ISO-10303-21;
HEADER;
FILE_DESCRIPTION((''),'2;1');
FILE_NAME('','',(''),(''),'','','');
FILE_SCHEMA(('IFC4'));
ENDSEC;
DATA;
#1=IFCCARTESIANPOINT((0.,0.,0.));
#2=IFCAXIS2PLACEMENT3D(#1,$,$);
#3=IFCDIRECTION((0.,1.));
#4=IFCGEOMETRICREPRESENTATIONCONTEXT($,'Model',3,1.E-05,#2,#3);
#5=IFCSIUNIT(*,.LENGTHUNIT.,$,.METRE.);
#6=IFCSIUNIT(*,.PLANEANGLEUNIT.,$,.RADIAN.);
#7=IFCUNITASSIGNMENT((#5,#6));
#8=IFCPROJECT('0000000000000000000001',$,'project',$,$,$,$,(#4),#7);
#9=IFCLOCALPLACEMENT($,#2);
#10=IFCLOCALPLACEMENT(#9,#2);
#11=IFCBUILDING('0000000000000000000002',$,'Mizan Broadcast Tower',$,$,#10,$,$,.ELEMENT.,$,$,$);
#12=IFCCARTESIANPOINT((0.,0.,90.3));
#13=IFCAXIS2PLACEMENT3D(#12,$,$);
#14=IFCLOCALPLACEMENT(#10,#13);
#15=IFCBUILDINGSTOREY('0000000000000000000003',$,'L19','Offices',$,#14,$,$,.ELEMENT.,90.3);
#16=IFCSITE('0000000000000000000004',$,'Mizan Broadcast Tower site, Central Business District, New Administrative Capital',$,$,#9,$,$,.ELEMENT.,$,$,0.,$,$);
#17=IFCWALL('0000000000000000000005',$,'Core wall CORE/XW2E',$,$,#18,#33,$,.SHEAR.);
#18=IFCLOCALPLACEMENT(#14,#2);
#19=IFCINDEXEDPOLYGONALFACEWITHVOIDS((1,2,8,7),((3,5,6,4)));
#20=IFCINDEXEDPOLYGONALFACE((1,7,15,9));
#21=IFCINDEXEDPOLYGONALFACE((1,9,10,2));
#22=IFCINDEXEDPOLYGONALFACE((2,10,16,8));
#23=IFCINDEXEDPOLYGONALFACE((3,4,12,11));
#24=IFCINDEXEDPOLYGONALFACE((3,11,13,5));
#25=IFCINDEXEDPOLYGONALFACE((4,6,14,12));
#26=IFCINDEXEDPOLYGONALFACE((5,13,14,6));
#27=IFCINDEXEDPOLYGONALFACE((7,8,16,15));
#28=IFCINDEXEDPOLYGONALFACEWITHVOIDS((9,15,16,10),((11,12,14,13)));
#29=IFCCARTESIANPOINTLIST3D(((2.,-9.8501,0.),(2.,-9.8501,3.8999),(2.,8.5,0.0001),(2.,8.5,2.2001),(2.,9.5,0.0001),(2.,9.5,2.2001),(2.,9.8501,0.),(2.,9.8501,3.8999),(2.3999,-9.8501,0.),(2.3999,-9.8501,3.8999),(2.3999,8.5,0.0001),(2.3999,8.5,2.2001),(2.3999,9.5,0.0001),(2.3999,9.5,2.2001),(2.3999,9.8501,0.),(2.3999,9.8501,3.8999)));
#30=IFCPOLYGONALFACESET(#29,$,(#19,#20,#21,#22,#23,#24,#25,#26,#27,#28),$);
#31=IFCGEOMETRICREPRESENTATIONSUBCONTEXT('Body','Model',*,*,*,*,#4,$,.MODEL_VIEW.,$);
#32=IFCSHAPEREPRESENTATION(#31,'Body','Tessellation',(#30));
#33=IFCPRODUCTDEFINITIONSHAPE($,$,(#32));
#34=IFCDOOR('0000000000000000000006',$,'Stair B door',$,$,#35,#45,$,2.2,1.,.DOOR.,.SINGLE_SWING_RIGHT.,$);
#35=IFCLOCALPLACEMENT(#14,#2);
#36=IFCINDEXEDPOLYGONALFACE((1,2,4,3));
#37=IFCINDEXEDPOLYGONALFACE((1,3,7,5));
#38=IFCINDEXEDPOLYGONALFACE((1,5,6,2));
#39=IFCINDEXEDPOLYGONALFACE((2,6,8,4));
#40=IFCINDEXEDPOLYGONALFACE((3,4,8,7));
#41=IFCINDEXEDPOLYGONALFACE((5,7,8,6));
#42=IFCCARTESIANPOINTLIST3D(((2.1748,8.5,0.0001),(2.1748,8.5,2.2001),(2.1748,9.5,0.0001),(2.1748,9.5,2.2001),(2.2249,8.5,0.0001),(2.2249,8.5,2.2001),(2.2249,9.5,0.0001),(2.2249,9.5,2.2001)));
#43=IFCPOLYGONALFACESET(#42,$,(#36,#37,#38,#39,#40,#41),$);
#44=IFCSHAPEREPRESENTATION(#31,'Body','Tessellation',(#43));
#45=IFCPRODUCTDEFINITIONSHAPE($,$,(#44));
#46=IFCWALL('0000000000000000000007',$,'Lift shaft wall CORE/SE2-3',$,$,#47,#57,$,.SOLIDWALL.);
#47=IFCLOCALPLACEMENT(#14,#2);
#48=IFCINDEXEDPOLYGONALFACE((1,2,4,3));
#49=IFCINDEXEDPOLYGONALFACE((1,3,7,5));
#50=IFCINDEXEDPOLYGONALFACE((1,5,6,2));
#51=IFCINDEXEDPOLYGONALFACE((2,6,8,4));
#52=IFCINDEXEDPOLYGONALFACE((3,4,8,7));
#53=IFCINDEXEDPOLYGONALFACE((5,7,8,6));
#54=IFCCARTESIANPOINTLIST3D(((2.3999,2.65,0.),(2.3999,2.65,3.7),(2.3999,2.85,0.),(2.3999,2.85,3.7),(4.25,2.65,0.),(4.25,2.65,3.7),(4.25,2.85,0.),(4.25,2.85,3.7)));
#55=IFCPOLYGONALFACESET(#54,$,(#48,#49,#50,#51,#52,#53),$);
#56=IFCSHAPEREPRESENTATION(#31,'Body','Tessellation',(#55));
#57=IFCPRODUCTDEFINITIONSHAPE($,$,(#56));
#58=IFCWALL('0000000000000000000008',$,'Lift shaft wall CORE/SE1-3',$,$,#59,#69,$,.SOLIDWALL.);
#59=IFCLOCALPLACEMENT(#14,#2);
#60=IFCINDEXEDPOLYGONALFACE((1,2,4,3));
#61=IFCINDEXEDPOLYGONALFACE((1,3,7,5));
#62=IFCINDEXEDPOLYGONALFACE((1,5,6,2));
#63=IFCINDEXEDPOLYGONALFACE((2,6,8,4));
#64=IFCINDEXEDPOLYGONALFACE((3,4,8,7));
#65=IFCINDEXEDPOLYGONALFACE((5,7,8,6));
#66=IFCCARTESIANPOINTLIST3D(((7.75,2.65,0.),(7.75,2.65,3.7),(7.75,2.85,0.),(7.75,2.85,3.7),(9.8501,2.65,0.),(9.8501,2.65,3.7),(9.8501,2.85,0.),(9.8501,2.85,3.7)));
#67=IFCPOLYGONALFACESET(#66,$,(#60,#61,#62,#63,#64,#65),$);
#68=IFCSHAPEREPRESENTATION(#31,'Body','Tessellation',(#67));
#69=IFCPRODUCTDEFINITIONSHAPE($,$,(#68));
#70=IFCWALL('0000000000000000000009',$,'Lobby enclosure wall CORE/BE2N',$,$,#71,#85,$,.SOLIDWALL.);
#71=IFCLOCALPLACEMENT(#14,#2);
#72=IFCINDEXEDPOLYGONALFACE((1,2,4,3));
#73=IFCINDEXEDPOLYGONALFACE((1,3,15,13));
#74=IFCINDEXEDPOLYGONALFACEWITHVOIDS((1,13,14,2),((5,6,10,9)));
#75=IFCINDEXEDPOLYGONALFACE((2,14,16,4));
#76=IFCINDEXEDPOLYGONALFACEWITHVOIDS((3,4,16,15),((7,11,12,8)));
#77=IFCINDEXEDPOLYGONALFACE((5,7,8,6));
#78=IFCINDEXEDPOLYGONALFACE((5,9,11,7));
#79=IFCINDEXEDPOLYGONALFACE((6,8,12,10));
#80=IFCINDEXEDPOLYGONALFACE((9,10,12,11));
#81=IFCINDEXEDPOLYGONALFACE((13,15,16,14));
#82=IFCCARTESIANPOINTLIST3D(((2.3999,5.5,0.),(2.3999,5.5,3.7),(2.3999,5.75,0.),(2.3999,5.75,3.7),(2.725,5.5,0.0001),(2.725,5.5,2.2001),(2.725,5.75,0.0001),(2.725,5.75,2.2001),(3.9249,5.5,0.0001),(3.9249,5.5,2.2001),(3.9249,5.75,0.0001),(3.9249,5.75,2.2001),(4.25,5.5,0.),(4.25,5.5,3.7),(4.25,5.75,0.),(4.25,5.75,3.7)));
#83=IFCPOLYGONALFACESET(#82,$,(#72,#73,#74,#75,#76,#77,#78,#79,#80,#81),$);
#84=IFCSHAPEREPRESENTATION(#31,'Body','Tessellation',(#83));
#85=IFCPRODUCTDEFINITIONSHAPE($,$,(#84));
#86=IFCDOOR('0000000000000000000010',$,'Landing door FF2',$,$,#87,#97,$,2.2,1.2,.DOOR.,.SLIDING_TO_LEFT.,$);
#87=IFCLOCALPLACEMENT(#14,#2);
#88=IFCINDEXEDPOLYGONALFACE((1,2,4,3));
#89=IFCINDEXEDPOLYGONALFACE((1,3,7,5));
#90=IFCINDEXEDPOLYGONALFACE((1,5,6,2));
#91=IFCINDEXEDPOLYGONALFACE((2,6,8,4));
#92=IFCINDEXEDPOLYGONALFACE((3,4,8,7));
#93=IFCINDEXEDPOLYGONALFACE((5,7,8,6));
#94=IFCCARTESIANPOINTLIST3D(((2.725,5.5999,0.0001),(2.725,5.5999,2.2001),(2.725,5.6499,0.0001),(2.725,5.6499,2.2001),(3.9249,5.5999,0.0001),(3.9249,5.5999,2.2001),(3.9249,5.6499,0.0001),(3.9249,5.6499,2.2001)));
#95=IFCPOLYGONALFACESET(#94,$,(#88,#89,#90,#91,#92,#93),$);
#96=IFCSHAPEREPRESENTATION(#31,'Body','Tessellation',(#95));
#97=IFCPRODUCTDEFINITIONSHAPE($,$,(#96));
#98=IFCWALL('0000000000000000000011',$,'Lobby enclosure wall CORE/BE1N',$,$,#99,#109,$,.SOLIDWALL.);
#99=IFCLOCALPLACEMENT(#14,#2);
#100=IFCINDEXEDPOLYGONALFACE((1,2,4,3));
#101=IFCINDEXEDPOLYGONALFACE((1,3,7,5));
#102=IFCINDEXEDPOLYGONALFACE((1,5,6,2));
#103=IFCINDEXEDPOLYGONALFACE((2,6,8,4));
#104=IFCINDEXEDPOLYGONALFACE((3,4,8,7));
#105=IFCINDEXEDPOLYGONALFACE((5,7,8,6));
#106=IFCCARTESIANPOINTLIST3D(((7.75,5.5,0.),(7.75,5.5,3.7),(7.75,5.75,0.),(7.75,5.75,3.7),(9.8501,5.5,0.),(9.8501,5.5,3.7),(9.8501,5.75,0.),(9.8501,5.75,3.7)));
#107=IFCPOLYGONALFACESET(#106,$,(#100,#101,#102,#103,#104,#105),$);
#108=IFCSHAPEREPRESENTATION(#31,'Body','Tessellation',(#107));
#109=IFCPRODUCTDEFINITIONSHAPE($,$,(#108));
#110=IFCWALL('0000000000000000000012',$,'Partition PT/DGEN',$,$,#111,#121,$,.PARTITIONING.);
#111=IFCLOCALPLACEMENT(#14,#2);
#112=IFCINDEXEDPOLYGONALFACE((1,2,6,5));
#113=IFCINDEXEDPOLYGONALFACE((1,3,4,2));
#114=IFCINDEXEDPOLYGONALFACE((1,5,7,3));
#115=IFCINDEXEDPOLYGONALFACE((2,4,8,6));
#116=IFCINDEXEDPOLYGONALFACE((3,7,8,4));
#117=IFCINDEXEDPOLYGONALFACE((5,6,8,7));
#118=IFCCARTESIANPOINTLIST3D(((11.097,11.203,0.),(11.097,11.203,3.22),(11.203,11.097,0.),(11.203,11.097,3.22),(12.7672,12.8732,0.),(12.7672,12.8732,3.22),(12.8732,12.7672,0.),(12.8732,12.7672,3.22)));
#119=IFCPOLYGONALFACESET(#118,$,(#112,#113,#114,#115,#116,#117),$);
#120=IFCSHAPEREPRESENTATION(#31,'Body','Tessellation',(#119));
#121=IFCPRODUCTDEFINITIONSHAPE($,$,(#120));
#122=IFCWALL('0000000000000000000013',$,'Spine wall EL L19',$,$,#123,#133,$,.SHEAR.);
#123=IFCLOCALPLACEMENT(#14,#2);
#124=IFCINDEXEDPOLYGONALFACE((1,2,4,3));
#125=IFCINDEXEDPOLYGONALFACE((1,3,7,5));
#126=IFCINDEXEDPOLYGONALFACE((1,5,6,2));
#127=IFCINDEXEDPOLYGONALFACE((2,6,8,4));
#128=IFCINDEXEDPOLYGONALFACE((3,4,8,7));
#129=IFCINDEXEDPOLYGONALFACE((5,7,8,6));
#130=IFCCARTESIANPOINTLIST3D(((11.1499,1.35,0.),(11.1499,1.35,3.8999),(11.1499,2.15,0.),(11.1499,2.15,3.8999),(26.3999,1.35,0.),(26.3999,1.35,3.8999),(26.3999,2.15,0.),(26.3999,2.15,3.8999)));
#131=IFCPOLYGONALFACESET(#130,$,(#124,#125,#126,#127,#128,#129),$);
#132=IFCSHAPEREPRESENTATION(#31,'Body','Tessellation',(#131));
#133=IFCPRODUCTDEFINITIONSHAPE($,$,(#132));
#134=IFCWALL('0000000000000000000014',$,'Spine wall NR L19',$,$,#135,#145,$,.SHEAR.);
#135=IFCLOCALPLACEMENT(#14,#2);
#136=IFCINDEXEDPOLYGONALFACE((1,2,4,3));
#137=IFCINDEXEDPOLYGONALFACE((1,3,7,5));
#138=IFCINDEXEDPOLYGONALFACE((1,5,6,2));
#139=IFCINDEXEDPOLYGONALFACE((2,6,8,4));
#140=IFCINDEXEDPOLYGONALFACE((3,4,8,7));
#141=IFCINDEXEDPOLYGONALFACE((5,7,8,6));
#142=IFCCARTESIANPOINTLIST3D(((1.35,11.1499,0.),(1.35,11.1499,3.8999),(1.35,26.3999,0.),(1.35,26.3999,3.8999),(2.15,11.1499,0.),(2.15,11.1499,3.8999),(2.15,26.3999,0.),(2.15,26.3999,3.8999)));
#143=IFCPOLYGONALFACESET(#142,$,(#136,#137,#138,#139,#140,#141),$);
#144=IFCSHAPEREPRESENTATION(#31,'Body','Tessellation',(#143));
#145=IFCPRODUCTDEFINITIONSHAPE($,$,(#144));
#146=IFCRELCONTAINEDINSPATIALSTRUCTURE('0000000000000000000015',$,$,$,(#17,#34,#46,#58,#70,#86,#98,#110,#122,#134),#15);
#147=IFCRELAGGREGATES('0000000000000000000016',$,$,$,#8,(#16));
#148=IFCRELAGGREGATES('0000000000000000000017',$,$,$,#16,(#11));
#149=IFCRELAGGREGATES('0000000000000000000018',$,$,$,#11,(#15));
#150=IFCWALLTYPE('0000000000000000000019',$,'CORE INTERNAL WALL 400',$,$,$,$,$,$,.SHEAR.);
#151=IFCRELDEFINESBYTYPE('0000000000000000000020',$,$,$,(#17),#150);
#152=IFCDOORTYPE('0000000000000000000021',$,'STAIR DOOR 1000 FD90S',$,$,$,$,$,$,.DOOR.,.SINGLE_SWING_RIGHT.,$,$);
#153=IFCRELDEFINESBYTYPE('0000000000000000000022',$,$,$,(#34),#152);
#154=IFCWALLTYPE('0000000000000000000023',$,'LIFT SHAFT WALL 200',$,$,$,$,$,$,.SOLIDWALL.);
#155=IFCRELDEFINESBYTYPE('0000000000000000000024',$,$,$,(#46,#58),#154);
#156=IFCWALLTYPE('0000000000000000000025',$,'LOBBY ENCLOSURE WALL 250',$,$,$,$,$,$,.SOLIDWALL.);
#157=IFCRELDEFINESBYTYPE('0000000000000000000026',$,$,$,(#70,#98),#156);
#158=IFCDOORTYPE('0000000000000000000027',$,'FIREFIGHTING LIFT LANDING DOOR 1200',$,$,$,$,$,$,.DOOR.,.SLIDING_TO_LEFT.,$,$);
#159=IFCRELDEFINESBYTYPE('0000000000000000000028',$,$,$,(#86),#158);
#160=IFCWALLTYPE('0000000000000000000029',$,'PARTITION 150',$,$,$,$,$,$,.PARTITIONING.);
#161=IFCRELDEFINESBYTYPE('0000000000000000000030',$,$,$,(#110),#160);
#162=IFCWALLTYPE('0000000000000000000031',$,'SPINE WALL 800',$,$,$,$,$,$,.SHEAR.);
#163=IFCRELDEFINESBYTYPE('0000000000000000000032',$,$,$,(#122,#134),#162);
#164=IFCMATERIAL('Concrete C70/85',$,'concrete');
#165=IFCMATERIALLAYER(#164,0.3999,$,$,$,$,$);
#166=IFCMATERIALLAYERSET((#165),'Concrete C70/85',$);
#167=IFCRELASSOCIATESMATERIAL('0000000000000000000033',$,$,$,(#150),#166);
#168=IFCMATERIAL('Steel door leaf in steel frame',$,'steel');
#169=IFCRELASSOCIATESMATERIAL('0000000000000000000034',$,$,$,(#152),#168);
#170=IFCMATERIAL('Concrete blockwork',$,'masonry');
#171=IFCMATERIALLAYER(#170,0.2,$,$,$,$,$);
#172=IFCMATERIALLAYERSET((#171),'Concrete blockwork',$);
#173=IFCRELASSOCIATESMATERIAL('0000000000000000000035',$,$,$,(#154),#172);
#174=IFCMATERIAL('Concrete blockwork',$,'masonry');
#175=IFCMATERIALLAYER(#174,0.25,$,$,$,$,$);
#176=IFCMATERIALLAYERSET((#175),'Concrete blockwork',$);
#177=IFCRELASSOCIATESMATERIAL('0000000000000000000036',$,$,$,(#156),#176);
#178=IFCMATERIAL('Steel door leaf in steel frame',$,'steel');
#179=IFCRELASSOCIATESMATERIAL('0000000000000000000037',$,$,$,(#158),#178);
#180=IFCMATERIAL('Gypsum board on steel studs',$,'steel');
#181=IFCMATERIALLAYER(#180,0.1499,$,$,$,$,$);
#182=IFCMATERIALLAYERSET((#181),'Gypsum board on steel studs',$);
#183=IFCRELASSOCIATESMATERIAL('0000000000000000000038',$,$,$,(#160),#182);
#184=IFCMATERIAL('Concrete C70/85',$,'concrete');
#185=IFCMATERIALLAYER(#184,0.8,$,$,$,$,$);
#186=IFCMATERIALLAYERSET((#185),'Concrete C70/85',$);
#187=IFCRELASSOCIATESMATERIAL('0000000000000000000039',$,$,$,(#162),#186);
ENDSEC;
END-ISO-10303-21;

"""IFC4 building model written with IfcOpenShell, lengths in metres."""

from ifc_helpers import new_model, si_unit, direction, frame, frame_2d, origin, place, context, subcontext, project, spatial, rectangle, extrude, material, layer, layer_set, type_object, element, fill, save


model = new_model("IFC4")

# Units and contexts
model_context = context("Model", 3, precision=1e-05, world=origin(), true_north=direction((0.0, 1.0)))
body_context = subcontext(model_context, "Body", "Model", "MODEL_VIEW")
ifc_project = project(units=[si_unit("LENGTHUNIT", "METRE"), si_unit("PLANEANGLEUNIT", "RADIAN")], contexts=[model_context])

# Site, building, storey
site_placement = place(None, origin())
site = spatial("IfcSite", under=ifc_project, at=site_placement, Name="Mizan Broadcast Tower site, Central Business District, New Administrative Capital", CompositionType="ELEMENT", RefElevation=0.0)
building_placement = place(site_placement, origin())
building = spatial("IfcBuilding", under=site, at=building_placement, Name="Mizan Broadcast Tower", CompositionType="ELEMENT")
storey_placement = place(building_placement, frame((0.0, 0.0, 90.3)))
storey = spatial("IfcBuildingStorey", under=building, at=storey_placement, Name="L19", Description="Offices", CompositionType="ELEMENT", Elevation=90.3)

# Shared definitions
ifc_material_1 = material(Name="Concrete C70/85", Category="concrete")
ifc_layer_1 = layer(ifc_material_1, 0.3999)
ifc_layer_set_1 = layer_set([ifc_layer_1], Name="Concrete C70/85")
wall_type_1 = type_object("IfcWallType", Name="CORE INTERNAL WALL 400", PredefinedType="SHEAR", material=ifc_layer_set_1)

# Wall, opening, door
wall_1_placement = place(storey_placement, frame((2.2, 9.8501, 0.0), z_axis=(0.0, 0.0, 1.0), x_axis=(0.0, -1.0, 0.0)))
wall_1 = element("IfcWall", 1, at=wall_1_placement, inside=storey, type_object=wall_type_1, Name="Core wall CORE/XW2E", PredefinedType="SHEAR", context=body_context, shape_type="SweptSolid", body=[
    extrude(rectangle(XDim=19.7002, YDim=0.3999, at=frame_2d((9.8501, 0.0))), origin(), (0.0, 0.0, 1.0), 3.8999),
])
opening_1_placement = place(wall_1_placement, frame((0.3501, 0.0, 0.0)))
opening_1 = element("IfcOpeningElement", 2, at=opening_1_placement, cuts=wall_1, PredefinedType="OPENING", context=body_context, shape_type="SweptSolid", body=[
    extrude(rectangle(XDim=1.0, YDim=2.2, at=frame_2d((0.5, 1.1001))), frame((0.0, 0.21, 0.0), z_axis=(0.0, -1.0, 0.0), x_axis=(1.0, 0.0, 0.0)), (0.0, 0.0, 1.0), 0.4199),
])
ifc_material_2 = material(Name="Steel door leaf in steel frame", Category="steel")
door_type_1 = type_object("IfcDoorType", Name="STAIR DOOR 1000 FD90S", OperationType="SINGLE_SWING_RIGHT", PredefinedType="DOOR", material=ifc_material_2)
door_1_placement = place(opening_1_placement, origin())
door_1 = element("IfcDoor", 3, at=door_1_placement, inside=storey, type_object=door_type_1, Name="Stair B door", OperationType="SINGLE_SWING_RIGHT", OverallHeight=2.2, OverallWidth=1.0, PredefinedType="DOOR", context=body_context, shape_type="SweptSolid", body=[
    extrude(rectangle(XDim=1.0, YDim=2.2, at=frame_2d((0.5, 1.1001))), frame((0.0, 0.0249, 0.0), z_axis=(0.0, -1.0, 0.0), x_axis=(1.0, 0.0, 0.0)), (0.0, 0.0, 1.0), 0.05),
])
fill(opening_1, door_1)

# Walls
ifc_material_3 = material(Name="Concrete blockwork", Category="masonry")
ifc_layer_2 = layer(ifc_material_3, 0.2)
ifc_layer_set_2 = layer_set([ifc_layer_2], Name="Concrete blockwork")
wall_type_2 = type_object("IfcWallType", Name="LIFT SHAFT WALL 200", PredefinedType="SOLIDWALL", material=ifc_layer_set_2)
wall_2_placement = place(storey_placement, frame((2.3999, 2.75, 0.0), z_axis=(0.0, 0.0, 1.0), x_axis=(1.0, 0.0, 0.0)))
element("IfcWall", 4, at=wall_2_placement, inside=storey, type_object=wall_type_2, Name="Lift shaft wall CORE/SE2-3", PredefinedType="SOLIDWALL", context=body_context, shape_type="SweptSolid", body=[
    extrude(rectangle(XDim=1.8501, YDim=0.2, at=frame_2d((0.925, 0.0))), origin(), (0.0, 0.0, 1.0), 3.7),
])
wall_3_placement = place(storey_placement, frame((7.75, 2.75, 0.0), z_axis=(0.0, 0.0, 1.0), x_axis=(1.0, 0.0, 0.0)))
element("IfcWall", 5, at=wall_3_placement, inside=storey, type_object=wall_type_2, Name="Lift shaft wall CORE/SE1-3", PredefinedType="SOLIDWALL", context=body_context, shape_type="SweptSolid", body=[
    extrude(rectangle(XDim=2.1001, YDim=0.2, at=frame_2d((1.05, 0.0))), origin(), (0.0, 0.0, 1.0), 3.7),
])

# Wall, opening, door
ifc_material_4 = material(Name="Concrete blockwork", Category="masonry")
ifc_layer_3 = layer(ifc_material_4, 0.25)
ifc_layer_set_3 = layer_set([ifc_layer_3], Name="Concrete blockwork")
wall_type_3 = type_object("IfcWallType", Name="LOBBY ENCLOSURE WALL 250", PredefinedType="SOLIDWALL", material=ifc_layer_set_3)
wall_4_placement = place(storey_placement, frame((2.3999, 5.625, 0.0), z_axis=(0.0, 0.0, 1.0), x_axis=(1.0, 0.0, 0.0)))
wall_4 = element("IfcWall", 6, at=wall_4_placement, inside=storey, type_object=wall_type_3, Name="Lobby enclosure wall CORE/BE2N", PredefinedType="SOLIDWALL", context=body_context, shape_type="SweptSolid", body=[
    extrude(rectangle(XDim=1.8501, YDim=0.25, at=frame_2d((0.925, 0.0))), origin(), (0.0, 0.0, 1.0), 3.7),
])
opening_2_placement = place(wall_4_placement, frame((0.325, 0.0, 0.0)))
opening_2 = element("IfcOpeningElement", 7, at=opening_2_placement, cuts=wall_4, PredefinedType="OPENING", context=body_context, shape_type="SweptSolid", body=[
    extrude(rectangle(XDim=1.2, YDim=2.2, at=frame_2d((0.6001, 1.1001))), frame((0.0, 0.135, 0.0), z_axis=(0.0, -1.0, 0.0), x_axis=(1.0, 0.0, 0.0)), (0.0, 0.0, 1.0), 0.27),
])
ifc_material_5 = material(Name="Steel door leaf in steel frame", Category="steel")
door_type_2 = type_object("IfcDoorType", Name="FIREFIGHTING LIFT LANDING DOOR 1200", OperationType="SLIDING_TO_LEFT", PredefinedType="DOOR", material=ifc_material_5)
door_2_placement = place(opening_2_placement, origin())
door_2 = element("IfcDoor", 8, at=door_2_placement, inside=storey, type_object=door_type_2, Name="Landing door FF2", OperationType="SLIDING_TO_LEFT", OverallHeight=2.2, OverallWidth=1.2, PredefinedType="DOOR", context=body_context, shape_type="SweptSolid", body=[
    extrude(rectangle(XDim=1.2, YDim=2.2, at=frame_2d((0.6001, 1.1001))), frame((0.0, 0.0249, 0.0), z_axis=(0.0, -1.0, 0.0), x_axis=(1.0, 0.0, 0.0)), (0.0, 0.0, 1.0), 0.05),
])
fill(opening_2, door_2)

# Walls
wall_5_placement = place(storey_placement, frame((7.75, 5.625, 0.0), z_axis=(0.0, 0.0, 1.0), x_axis=(1.0, 0.0, 0.0)))
element("IfcWall", 9, at=wall_5_placement, inside=storey, type_object=wall_type_3, Name="Lobby enclosure wall CORE/BE1N", PredefinedType="SOLIDWALL", context=body_context, shape_type="SweptSolid", body=[
    extrude(rectangle(XDim=2.1001, YDim=0.25, at=frame_2d((1.05, 0.0))), origin(), (0.0, 0.0, 1.0), 3.7),
])
ifc_material_6 = material(Name="Gypsum board on steel studs", Category="steel")
ifc_layer_4 = layer(ifc_material_6, 0.1499)
ifc_layer_set_4 = layer_set([ifc_layer_4], Name="Gypsum board on steel studs")
wall_type_4 = type_object("IfcWallType", Name="PARTITION 150", PredefinedType="PARTITIONING", material=ifc_layer_set_4)
wall_6_placement = place(storey_placement, frame((11.1499, 11.1499, 0.0), z_axis=(0.0, 0.0, 1.0), x_axis=(0.707107, 0.707107, 0.0)))
element("IfcWall", 10, at=wall_6_placement, inside=storey, type_object=wall_type_4, Name="Partition PT/DGEN", PredefinedType="PARTITIONING", context=body_context, shape_type="SweptSolid", body=[
    extrude(rectangle(XDim=2.3621, YDim=0.1499, at=frame_2d((1.1812, 0.0))), origin(), (0.0, 0.0, 1.0), 3.22),
])
ifc_material_7 = material(Name="Concrete C70/85", Category="concrete")
ifc_layer_5 = layer(ifc_material_7, 0.8)
ifc_layer_set_5 = layer_set([ifc_layer_5], Name="Concrete C70/85")
wall_type_5 = type_object("IfcWallType", Name="SPINE WALL 800", PredefinedType="SHEAR", material=ifc_layer_set_5)
for number, where, z_axis, x_axis, name in (
    (11, (11.1499, 1.75, 0.0), (0.0, 0.0, 1.0), (1.0, 0.0, 0.0), "Spine wall EL L19"),
    (12, (1.75, 11.1499, 0.0), (0.0, 0.0, 1.0), (0.0, 1.0, 0.0), "Spine wall NR L19"),
):
    element("IfcWall", number, at=place(storey_placement, frame(where, z_axis=z_axis, x_axis=x_axis)), inside=storey, type_object=wall_type_5, Name=name, PredefinedType="SHEAR", context=body_context, shape_type="SweptSolid", body=[
        extrude(rectangle(XDim=15.25, YDim=0.8, at=frame_2d((7.625, 0.0))), origin(), (0.0, 0.0, 1.0), 3.8999),
    ])

save(model, "model.ifc")
